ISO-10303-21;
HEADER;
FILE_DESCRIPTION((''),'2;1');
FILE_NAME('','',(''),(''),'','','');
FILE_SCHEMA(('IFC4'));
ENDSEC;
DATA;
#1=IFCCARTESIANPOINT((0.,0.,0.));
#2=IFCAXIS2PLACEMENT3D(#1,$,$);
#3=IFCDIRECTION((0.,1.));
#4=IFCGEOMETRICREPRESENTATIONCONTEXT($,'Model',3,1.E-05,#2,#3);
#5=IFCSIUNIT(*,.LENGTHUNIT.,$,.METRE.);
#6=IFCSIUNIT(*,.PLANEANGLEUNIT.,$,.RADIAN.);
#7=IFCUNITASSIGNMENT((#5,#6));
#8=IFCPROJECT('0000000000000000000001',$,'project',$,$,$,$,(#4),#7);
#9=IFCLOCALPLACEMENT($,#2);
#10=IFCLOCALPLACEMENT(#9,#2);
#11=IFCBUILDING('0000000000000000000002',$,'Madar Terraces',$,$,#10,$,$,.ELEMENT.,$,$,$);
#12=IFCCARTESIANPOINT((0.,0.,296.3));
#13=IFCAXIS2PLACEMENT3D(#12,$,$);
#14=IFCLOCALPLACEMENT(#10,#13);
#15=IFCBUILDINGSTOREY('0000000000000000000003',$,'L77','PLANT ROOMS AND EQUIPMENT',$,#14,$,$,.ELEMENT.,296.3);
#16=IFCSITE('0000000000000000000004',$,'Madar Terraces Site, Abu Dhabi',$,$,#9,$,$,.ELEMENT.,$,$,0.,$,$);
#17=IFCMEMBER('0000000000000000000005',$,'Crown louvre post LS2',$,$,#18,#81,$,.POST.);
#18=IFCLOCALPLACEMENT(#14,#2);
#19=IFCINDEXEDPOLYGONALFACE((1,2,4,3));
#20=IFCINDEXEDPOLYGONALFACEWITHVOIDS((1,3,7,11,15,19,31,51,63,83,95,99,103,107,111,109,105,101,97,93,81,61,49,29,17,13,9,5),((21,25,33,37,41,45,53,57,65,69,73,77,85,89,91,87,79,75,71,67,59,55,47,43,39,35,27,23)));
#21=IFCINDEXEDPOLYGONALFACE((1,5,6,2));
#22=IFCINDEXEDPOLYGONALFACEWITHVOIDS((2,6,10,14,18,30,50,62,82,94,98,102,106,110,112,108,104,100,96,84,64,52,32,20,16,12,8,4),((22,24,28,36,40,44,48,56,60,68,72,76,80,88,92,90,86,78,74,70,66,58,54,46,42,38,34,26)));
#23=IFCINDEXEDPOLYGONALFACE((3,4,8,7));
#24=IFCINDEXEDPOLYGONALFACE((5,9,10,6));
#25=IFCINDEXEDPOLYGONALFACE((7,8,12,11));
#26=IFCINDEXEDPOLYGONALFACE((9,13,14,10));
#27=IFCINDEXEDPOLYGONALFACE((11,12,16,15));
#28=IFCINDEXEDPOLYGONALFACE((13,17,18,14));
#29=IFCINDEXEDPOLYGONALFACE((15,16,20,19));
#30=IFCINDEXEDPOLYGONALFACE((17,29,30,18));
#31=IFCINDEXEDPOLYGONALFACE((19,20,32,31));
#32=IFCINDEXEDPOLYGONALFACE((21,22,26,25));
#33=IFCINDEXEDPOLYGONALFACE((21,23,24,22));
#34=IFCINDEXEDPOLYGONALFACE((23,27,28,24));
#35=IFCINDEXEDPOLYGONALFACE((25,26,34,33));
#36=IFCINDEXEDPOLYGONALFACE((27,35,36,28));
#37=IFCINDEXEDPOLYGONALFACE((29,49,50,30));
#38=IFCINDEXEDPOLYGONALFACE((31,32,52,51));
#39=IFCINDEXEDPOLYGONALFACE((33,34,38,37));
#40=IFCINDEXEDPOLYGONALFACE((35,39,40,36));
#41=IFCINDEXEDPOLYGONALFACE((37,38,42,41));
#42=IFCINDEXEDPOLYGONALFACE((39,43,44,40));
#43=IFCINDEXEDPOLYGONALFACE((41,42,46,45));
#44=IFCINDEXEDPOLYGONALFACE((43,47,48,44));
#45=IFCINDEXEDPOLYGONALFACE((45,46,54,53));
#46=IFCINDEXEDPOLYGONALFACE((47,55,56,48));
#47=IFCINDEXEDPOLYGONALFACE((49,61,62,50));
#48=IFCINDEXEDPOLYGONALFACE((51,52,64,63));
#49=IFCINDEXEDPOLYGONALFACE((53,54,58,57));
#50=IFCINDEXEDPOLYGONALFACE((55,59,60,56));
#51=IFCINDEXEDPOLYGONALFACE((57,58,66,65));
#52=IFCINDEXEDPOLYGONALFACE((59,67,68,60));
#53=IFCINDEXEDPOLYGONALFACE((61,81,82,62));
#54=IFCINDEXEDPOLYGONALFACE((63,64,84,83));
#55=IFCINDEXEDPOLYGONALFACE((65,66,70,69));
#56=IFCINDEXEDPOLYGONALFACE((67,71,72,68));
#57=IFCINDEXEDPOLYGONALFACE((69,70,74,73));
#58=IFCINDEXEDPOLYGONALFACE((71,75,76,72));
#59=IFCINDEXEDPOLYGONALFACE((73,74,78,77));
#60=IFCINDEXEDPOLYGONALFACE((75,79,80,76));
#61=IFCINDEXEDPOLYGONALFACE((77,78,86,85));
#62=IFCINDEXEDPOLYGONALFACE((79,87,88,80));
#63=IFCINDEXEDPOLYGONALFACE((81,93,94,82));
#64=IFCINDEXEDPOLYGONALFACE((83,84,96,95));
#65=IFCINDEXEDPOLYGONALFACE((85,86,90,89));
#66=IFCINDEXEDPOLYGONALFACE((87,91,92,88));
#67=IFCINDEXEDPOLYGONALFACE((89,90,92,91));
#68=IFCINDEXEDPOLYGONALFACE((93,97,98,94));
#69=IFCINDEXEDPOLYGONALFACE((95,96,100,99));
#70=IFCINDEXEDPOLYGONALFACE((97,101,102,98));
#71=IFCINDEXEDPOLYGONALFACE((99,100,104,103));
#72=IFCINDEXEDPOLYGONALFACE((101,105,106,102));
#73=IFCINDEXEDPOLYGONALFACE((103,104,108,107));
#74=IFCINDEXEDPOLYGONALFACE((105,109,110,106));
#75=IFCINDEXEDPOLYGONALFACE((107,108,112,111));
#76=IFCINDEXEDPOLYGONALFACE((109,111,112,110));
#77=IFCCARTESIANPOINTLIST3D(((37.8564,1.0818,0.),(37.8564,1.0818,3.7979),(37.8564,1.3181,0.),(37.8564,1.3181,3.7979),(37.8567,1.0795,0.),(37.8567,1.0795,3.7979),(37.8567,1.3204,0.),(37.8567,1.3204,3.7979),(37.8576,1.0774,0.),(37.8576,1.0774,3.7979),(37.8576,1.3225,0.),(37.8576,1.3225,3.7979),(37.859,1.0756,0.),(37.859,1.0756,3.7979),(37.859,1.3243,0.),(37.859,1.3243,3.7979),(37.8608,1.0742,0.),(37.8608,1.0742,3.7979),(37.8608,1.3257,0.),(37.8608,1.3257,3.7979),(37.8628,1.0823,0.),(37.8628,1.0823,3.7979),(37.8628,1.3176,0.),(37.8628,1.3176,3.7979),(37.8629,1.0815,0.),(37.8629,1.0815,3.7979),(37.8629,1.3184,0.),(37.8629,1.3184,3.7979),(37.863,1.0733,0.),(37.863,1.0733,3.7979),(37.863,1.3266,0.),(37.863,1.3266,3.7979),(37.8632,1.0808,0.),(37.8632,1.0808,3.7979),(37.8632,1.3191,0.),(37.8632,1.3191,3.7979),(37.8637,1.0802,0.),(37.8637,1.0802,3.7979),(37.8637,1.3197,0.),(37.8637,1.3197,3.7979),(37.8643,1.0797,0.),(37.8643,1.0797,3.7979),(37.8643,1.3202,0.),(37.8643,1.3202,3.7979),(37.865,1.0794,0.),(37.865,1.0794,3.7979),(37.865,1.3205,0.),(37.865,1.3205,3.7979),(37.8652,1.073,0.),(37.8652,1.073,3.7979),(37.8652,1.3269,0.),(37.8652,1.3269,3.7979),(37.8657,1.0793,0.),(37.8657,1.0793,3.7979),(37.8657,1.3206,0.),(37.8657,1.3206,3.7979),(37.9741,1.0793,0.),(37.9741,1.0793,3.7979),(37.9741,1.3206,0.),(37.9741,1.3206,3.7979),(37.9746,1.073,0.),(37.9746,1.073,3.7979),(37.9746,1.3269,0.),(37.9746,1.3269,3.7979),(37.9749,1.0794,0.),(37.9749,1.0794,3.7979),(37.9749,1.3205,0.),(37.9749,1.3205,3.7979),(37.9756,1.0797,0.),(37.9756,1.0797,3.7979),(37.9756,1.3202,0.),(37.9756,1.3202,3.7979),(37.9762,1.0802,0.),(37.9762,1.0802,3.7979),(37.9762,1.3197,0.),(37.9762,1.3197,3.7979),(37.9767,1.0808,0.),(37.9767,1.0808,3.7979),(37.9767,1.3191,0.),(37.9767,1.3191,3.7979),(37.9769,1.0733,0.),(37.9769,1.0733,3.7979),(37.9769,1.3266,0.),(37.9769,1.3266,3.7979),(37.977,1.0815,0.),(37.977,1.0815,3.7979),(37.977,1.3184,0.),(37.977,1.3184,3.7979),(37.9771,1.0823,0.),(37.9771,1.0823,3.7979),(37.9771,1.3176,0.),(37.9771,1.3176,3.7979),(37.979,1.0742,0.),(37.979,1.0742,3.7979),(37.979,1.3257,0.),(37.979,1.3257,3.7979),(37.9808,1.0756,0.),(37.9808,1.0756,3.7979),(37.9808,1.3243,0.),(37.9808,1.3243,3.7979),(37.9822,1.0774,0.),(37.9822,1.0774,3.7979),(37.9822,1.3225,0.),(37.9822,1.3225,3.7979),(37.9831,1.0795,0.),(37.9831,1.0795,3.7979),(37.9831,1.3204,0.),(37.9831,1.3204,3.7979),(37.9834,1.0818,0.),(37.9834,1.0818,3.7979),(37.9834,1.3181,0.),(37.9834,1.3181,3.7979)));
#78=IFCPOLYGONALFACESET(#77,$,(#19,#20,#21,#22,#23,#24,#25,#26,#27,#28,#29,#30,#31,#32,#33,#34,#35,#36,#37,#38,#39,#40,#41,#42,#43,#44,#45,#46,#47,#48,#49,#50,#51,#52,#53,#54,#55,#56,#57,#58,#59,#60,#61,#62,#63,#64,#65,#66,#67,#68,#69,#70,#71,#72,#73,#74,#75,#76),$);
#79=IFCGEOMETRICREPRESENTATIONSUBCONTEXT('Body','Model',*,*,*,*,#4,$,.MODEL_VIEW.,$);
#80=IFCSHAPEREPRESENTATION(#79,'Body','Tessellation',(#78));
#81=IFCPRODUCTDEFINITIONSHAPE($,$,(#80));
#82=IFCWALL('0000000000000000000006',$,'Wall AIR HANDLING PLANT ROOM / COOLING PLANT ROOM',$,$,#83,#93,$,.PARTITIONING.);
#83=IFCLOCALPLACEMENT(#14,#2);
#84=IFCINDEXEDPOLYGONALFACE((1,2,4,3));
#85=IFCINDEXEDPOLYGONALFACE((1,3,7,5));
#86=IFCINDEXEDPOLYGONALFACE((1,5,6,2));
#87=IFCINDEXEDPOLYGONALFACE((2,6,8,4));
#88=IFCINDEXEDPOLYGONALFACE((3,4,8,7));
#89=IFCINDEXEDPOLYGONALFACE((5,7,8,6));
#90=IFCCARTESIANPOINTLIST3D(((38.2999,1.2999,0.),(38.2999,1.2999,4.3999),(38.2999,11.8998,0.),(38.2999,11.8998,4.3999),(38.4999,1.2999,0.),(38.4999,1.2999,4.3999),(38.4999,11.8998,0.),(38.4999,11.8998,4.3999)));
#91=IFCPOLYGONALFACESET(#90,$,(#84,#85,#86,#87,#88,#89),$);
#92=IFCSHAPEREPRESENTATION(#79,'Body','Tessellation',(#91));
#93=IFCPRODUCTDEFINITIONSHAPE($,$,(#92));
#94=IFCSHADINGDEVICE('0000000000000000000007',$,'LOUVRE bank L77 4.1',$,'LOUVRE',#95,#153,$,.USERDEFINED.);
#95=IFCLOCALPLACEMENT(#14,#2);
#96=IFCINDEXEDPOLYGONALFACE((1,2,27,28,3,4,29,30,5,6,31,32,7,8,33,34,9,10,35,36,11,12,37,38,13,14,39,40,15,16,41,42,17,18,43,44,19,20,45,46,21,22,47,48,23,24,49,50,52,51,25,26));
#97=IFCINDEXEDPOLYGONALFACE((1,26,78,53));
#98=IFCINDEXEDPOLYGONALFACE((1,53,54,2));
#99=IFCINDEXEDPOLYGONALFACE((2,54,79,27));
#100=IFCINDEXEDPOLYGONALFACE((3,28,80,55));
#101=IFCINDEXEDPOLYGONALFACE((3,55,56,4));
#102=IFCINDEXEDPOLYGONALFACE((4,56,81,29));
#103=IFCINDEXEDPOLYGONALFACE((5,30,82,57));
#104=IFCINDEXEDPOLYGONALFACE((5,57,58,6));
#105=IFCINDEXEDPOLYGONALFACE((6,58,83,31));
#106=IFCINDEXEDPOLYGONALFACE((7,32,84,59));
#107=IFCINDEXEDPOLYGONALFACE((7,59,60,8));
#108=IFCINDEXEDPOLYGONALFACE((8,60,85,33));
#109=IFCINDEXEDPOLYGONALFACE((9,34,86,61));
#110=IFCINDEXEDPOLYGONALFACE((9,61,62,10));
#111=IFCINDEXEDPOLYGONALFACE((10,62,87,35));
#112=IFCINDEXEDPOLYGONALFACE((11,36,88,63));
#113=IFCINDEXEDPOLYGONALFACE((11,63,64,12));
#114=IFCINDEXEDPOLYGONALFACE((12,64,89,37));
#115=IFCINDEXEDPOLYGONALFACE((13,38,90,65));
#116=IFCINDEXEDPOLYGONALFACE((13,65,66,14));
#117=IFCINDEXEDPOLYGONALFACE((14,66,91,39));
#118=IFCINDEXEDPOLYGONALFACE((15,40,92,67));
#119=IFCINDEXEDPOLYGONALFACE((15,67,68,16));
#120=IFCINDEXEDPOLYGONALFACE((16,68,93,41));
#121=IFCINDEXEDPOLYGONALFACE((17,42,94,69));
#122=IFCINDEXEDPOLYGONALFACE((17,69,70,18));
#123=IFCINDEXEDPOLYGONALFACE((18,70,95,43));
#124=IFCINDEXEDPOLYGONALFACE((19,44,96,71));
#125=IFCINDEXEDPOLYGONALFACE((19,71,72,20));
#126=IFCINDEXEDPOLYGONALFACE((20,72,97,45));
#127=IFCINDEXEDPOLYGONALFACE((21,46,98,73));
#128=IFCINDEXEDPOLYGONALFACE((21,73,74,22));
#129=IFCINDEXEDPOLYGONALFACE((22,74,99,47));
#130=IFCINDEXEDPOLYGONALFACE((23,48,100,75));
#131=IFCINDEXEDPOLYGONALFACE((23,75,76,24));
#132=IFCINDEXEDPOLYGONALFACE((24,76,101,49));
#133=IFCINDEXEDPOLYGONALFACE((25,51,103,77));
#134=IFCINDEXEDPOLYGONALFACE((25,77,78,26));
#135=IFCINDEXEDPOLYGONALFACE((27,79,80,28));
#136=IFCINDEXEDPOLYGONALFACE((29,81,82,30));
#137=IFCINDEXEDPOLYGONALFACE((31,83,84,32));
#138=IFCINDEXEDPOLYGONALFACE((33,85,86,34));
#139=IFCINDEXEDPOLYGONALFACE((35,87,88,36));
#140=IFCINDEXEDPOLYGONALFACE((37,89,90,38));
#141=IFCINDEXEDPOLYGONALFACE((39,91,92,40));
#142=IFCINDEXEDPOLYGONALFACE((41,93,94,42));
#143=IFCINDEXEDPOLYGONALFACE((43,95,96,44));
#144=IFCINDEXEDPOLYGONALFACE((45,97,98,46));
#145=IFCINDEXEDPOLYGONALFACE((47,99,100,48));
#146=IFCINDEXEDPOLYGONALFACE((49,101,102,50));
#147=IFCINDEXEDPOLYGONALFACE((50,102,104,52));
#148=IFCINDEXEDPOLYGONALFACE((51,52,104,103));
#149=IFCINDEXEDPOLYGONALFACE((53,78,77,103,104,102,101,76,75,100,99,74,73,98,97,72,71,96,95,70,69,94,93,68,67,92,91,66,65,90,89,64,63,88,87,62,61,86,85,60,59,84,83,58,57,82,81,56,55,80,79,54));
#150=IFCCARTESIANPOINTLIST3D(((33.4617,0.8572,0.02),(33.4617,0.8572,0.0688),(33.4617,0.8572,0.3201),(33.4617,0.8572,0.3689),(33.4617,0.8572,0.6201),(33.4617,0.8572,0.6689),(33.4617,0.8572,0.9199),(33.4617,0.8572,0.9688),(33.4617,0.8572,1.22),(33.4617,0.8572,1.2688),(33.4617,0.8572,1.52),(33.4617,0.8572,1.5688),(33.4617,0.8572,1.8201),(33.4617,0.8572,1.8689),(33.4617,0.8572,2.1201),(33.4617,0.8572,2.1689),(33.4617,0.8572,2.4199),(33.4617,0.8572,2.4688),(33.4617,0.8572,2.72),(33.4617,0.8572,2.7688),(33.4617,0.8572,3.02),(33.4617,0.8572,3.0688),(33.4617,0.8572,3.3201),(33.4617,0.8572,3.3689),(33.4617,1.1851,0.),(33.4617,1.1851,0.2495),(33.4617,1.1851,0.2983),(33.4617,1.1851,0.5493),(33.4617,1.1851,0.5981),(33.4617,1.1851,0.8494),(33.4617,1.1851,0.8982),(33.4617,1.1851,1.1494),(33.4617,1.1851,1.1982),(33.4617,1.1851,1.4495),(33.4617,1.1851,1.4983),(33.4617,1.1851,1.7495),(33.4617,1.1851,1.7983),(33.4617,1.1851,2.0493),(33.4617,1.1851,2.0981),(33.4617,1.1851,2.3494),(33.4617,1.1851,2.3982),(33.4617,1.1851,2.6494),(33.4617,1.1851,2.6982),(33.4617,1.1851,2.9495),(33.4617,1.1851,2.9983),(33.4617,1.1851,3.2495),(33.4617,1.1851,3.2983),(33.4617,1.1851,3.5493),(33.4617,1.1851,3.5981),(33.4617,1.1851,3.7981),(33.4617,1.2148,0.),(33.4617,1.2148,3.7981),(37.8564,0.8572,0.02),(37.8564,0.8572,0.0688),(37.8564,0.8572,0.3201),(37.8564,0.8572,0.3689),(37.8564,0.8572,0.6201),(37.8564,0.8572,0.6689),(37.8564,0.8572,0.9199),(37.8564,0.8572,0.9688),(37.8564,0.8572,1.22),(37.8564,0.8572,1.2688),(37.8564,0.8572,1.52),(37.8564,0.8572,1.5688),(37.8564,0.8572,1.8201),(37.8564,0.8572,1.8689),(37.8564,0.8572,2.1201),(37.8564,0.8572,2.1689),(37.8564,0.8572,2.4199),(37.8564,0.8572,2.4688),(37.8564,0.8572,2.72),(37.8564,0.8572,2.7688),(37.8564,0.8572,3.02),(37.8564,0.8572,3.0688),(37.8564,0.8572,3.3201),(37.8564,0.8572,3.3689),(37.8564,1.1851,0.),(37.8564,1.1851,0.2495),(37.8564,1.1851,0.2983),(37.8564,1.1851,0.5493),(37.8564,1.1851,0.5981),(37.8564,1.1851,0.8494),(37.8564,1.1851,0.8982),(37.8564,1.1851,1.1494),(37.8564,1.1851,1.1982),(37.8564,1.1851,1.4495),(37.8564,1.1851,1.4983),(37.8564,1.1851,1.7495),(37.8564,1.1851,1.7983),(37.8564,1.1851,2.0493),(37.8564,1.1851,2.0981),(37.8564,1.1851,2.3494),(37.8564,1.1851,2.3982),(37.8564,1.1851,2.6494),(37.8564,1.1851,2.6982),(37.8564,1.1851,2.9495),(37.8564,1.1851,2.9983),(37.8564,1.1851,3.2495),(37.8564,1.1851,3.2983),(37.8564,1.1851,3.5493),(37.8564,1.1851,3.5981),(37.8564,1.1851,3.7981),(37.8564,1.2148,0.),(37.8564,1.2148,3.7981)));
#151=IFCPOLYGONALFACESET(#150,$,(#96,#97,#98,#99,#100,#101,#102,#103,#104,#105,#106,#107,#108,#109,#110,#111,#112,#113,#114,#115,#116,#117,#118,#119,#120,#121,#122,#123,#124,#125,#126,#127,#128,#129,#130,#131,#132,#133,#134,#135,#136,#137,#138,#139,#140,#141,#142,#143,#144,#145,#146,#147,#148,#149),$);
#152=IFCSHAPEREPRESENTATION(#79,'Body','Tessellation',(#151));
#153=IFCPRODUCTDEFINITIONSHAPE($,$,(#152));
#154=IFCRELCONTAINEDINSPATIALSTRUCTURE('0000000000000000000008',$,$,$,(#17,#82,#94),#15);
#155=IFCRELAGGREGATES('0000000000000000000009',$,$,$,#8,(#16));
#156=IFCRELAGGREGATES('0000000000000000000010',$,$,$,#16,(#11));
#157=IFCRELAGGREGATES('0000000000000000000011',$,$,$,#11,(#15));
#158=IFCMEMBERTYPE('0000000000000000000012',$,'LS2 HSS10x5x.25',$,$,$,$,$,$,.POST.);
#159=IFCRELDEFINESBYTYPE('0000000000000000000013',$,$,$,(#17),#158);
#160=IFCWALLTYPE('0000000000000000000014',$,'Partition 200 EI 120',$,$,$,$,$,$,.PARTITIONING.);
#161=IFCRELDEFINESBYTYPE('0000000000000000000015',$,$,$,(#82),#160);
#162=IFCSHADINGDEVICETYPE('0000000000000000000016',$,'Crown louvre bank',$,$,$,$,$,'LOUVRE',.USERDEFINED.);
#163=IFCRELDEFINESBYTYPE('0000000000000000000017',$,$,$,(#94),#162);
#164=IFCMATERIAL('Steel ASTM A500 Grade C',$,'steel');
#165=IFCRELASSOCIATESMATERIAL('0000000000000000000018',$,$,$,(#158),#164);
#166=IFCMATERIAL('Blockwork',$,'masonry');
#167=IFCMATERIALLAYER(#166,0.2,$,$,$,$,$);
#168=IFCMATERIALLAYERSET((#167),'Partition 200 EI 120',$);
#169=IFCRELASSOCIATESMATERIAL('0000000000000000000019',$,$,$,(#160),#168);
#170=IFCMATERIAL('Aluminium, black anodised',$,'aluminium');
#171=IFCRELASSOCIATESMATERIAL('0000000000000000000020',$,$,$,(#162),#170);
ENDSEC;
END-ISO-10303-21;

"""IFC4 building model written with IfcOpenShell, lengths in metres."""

from ifc_helpers import new_model, si_unit, direction, frame, frame_2d, origin, origin_2d, place, context, subcontext, project, spatial, polyline, rectangle, hollow_rectangle, outline, extrude, material, layer, layer_set, material_profile, profile_set, type_object, element, save


model = new_model("IFC4")

# Units and contexts
model_context = context("Model", 3, precision=1e-05, world=origin(), true_north=direction((0.0, 1.0)))
body_context = subcontext(model_context, "Body", "Model", "MODEL_VIEW")
ifc_project = project(units=[si_unit("LENGTHUNIT", "METRE"), si_unit("PLANEANGLEUNIT", "RADIAN")], contexts=[model_context])

# Site, building, storey
site_placement = place(None, origin())
site = spatial("IfcSite", under=ifc_project, at=site_placement, Name="Madar Terraces Site, Abu Dhabi", CompositionType="ELEMENT", RefElevation=0.0)
building_placement = place(site_placement, origin())
building = spatial("IfcBuilding", under=site, at=building_placement, Name="Madar Terraces", CompositionType="ELEMENT")
storey_placement = place(building_placement, frame((0.0, 0.0, 296.3)))
storey = spatial("IfcBuildingStorey", under=building, at=storey_placement, Name="L77", Description="PLANT ROOMS AND EQUIPMENT", CompositionType="ELEMENT", Elevation=296.3)

# Member
ifc_material_1 = material(Name="Steel ASTM A500 Grade C", Category="steel")
ifc_material_profile_1 = material_profile(ifc_material_1, hollow_rectangle(XDim=0.127, YDim=0.2539, WallThickness=0.0063, InnerFilletRadius=0.0029, OuterFilletRadius=0.0088, at=origin_2d()), Name="HSS10x5x.25")
ifc_profile_set_1 = profile_set([ifc_material_profile_1], Name="Steel ASTM A500 Grade C")
member_type_1 = type_object("IfcMemberType", Name="LS2 HSS10x5x.25", PredefinedType="POST", material=ifc_profile_set_1)
member_1_placement = place(storey_placement, frame((37.9199, 1.2, 0.0), z_axis=(0.0, 0.0, 1.0), x_axis=(1.0, 0.0, 0.0)))
element("IfcMember", 1, at=member_1_placement, inside=storey, type_object=member_type_1, Name="Crown louvre post LS2", PredefinedType="POST", context=body_context, shape_type="SweptSolid", body=[
    extrude(hollow_rectangle(XDim=0.127, YDim=0.2539, WallThickness=0.0063, InnerFilletRadius=0.0029, OuterFilletRadius=0.0088, at=origin_2d()), origin(), (0.0, 0.0, 1.0), 3.7979),
])

# Wall
ifc_material_2 = material(Name="Blockwork", Category="masonry")
ifc_layer = layer(ifc_material_2, 0.2)
ifc_layer_set = layer_set([ifc_layer], Name="Partition 200 EI 120")
wall_type = type_object("IfcWallType", Name="Partition 200 EI 120", PredefinedType="PARTITIONING", material=ifc_layer_set)
wall_placement = place(storey_placement, frame((38.3999, 1.3, 0.0), z_axis=(0.0, 0.0, 1.0), x_axis=(0.0, 1.0, 0.0)))
element("IfcWall", 2, at=wall_placement, inside=storey, type_object=wall_type, Name="Wall AIR HANDLING PLANT ROOM / COOLING PLANT ROOM", PredefinedType="PARTITIONING", context=body_context, shape_type="SweptSolid", body=[
    extrude(rectangle(XDim=10.5999, YDim=0.2, at=frame_2d((5.2998, 0.0))), origin(), (0.0, 0.0, 1.0), 4.3999),
])

# Shading device
ifc_material_3 = material(Name="Aluminium, black anodised", Category="aluminium")
shading_device_type = type_object("IfcShadingDeviceType", Name="Crown louvre bank", ElementType="LOUVRE", PredefinedType="USERDEFINED", material=ifc_material_3)
shading_device_1_placement = place(storey_placement, frame((33.4617, 1.2, 0.0), z_axis=(1.0, 0.0, 0.0), x_axis=(0.0, 1.0, 0.0)))
element("IfcShadingDevice", 3, at=shading_device_1_placement, inside=storey, type_object=shading_device_type, Name="LOUVRE bank L77 4.1", ObjectType="LOUVRE", PredefinedType="USERDEFINED", context=body_context, shape_type="SweptSolid", body=[
    extrude(outline(polyline([(0.0149, 0.0), (-0.0149, 0.0), (-0.0149, 0.2495), (-0.3428, 0.02), (-0.3428, 0.0688), (-0.0149, 0.2983), (-0.0149, 0.5493), (-0.3428, 0.3201), (-0.3428, 0.3689), (-0.0149, 0.5981), (-0.0149, 0.8494), (-0.3428, 0.6201), (-0.3428, 0.6689), (-0.0149, 0.8982), (-0.0149, 1.1494), (-0.3428, 0.9199), (-0.3428, 0.9688), (-0.0149, 1.1982), (-0.0149, 1.4495), (-0.3428, 1.22), (-0.3428, 1.2688), (-0.0149, 1.4983), (-0.0149, 1.7495), (-0.3428, 1.52), (-0.3428, 1.5688), (-0.0149, 1.7983), (-0.0149, 2.0493), (-0.3428, 1.8201), (-0.3428, 1.8689), (-0.0149, 2.0981), (-0.0149, 2.3494), (-0.3428, 2.1201), (-0.3428, 2.1689), (-0.0149, 2.3982), (-0.0149, 2.6494), (-0.3428, 2.4199), (-0.3428, 2.4688), (-0.0149, 2.6982), (-0.0149, 2.9495), (-0.3428, 2.72), (-0.3428, 2.7688), (-0.0149, 2.9983), (-0.0149, 3.2495), (-0.3428, 3.02), (-0.3428, 3.0688), (-0.0149, 3.2983), (-0.0149, 3.5493), (-0.3428, 3.3201), (-0.3428, 3.3689), (-0.0149, 3.5981), (-0.0149, 3.7981), (0.0149, 3.7981), (0.0149, 0.0)])), origin(), (0.0, 0.0, 1.0), 4.3948),
])

save(model, "model.ifc")
